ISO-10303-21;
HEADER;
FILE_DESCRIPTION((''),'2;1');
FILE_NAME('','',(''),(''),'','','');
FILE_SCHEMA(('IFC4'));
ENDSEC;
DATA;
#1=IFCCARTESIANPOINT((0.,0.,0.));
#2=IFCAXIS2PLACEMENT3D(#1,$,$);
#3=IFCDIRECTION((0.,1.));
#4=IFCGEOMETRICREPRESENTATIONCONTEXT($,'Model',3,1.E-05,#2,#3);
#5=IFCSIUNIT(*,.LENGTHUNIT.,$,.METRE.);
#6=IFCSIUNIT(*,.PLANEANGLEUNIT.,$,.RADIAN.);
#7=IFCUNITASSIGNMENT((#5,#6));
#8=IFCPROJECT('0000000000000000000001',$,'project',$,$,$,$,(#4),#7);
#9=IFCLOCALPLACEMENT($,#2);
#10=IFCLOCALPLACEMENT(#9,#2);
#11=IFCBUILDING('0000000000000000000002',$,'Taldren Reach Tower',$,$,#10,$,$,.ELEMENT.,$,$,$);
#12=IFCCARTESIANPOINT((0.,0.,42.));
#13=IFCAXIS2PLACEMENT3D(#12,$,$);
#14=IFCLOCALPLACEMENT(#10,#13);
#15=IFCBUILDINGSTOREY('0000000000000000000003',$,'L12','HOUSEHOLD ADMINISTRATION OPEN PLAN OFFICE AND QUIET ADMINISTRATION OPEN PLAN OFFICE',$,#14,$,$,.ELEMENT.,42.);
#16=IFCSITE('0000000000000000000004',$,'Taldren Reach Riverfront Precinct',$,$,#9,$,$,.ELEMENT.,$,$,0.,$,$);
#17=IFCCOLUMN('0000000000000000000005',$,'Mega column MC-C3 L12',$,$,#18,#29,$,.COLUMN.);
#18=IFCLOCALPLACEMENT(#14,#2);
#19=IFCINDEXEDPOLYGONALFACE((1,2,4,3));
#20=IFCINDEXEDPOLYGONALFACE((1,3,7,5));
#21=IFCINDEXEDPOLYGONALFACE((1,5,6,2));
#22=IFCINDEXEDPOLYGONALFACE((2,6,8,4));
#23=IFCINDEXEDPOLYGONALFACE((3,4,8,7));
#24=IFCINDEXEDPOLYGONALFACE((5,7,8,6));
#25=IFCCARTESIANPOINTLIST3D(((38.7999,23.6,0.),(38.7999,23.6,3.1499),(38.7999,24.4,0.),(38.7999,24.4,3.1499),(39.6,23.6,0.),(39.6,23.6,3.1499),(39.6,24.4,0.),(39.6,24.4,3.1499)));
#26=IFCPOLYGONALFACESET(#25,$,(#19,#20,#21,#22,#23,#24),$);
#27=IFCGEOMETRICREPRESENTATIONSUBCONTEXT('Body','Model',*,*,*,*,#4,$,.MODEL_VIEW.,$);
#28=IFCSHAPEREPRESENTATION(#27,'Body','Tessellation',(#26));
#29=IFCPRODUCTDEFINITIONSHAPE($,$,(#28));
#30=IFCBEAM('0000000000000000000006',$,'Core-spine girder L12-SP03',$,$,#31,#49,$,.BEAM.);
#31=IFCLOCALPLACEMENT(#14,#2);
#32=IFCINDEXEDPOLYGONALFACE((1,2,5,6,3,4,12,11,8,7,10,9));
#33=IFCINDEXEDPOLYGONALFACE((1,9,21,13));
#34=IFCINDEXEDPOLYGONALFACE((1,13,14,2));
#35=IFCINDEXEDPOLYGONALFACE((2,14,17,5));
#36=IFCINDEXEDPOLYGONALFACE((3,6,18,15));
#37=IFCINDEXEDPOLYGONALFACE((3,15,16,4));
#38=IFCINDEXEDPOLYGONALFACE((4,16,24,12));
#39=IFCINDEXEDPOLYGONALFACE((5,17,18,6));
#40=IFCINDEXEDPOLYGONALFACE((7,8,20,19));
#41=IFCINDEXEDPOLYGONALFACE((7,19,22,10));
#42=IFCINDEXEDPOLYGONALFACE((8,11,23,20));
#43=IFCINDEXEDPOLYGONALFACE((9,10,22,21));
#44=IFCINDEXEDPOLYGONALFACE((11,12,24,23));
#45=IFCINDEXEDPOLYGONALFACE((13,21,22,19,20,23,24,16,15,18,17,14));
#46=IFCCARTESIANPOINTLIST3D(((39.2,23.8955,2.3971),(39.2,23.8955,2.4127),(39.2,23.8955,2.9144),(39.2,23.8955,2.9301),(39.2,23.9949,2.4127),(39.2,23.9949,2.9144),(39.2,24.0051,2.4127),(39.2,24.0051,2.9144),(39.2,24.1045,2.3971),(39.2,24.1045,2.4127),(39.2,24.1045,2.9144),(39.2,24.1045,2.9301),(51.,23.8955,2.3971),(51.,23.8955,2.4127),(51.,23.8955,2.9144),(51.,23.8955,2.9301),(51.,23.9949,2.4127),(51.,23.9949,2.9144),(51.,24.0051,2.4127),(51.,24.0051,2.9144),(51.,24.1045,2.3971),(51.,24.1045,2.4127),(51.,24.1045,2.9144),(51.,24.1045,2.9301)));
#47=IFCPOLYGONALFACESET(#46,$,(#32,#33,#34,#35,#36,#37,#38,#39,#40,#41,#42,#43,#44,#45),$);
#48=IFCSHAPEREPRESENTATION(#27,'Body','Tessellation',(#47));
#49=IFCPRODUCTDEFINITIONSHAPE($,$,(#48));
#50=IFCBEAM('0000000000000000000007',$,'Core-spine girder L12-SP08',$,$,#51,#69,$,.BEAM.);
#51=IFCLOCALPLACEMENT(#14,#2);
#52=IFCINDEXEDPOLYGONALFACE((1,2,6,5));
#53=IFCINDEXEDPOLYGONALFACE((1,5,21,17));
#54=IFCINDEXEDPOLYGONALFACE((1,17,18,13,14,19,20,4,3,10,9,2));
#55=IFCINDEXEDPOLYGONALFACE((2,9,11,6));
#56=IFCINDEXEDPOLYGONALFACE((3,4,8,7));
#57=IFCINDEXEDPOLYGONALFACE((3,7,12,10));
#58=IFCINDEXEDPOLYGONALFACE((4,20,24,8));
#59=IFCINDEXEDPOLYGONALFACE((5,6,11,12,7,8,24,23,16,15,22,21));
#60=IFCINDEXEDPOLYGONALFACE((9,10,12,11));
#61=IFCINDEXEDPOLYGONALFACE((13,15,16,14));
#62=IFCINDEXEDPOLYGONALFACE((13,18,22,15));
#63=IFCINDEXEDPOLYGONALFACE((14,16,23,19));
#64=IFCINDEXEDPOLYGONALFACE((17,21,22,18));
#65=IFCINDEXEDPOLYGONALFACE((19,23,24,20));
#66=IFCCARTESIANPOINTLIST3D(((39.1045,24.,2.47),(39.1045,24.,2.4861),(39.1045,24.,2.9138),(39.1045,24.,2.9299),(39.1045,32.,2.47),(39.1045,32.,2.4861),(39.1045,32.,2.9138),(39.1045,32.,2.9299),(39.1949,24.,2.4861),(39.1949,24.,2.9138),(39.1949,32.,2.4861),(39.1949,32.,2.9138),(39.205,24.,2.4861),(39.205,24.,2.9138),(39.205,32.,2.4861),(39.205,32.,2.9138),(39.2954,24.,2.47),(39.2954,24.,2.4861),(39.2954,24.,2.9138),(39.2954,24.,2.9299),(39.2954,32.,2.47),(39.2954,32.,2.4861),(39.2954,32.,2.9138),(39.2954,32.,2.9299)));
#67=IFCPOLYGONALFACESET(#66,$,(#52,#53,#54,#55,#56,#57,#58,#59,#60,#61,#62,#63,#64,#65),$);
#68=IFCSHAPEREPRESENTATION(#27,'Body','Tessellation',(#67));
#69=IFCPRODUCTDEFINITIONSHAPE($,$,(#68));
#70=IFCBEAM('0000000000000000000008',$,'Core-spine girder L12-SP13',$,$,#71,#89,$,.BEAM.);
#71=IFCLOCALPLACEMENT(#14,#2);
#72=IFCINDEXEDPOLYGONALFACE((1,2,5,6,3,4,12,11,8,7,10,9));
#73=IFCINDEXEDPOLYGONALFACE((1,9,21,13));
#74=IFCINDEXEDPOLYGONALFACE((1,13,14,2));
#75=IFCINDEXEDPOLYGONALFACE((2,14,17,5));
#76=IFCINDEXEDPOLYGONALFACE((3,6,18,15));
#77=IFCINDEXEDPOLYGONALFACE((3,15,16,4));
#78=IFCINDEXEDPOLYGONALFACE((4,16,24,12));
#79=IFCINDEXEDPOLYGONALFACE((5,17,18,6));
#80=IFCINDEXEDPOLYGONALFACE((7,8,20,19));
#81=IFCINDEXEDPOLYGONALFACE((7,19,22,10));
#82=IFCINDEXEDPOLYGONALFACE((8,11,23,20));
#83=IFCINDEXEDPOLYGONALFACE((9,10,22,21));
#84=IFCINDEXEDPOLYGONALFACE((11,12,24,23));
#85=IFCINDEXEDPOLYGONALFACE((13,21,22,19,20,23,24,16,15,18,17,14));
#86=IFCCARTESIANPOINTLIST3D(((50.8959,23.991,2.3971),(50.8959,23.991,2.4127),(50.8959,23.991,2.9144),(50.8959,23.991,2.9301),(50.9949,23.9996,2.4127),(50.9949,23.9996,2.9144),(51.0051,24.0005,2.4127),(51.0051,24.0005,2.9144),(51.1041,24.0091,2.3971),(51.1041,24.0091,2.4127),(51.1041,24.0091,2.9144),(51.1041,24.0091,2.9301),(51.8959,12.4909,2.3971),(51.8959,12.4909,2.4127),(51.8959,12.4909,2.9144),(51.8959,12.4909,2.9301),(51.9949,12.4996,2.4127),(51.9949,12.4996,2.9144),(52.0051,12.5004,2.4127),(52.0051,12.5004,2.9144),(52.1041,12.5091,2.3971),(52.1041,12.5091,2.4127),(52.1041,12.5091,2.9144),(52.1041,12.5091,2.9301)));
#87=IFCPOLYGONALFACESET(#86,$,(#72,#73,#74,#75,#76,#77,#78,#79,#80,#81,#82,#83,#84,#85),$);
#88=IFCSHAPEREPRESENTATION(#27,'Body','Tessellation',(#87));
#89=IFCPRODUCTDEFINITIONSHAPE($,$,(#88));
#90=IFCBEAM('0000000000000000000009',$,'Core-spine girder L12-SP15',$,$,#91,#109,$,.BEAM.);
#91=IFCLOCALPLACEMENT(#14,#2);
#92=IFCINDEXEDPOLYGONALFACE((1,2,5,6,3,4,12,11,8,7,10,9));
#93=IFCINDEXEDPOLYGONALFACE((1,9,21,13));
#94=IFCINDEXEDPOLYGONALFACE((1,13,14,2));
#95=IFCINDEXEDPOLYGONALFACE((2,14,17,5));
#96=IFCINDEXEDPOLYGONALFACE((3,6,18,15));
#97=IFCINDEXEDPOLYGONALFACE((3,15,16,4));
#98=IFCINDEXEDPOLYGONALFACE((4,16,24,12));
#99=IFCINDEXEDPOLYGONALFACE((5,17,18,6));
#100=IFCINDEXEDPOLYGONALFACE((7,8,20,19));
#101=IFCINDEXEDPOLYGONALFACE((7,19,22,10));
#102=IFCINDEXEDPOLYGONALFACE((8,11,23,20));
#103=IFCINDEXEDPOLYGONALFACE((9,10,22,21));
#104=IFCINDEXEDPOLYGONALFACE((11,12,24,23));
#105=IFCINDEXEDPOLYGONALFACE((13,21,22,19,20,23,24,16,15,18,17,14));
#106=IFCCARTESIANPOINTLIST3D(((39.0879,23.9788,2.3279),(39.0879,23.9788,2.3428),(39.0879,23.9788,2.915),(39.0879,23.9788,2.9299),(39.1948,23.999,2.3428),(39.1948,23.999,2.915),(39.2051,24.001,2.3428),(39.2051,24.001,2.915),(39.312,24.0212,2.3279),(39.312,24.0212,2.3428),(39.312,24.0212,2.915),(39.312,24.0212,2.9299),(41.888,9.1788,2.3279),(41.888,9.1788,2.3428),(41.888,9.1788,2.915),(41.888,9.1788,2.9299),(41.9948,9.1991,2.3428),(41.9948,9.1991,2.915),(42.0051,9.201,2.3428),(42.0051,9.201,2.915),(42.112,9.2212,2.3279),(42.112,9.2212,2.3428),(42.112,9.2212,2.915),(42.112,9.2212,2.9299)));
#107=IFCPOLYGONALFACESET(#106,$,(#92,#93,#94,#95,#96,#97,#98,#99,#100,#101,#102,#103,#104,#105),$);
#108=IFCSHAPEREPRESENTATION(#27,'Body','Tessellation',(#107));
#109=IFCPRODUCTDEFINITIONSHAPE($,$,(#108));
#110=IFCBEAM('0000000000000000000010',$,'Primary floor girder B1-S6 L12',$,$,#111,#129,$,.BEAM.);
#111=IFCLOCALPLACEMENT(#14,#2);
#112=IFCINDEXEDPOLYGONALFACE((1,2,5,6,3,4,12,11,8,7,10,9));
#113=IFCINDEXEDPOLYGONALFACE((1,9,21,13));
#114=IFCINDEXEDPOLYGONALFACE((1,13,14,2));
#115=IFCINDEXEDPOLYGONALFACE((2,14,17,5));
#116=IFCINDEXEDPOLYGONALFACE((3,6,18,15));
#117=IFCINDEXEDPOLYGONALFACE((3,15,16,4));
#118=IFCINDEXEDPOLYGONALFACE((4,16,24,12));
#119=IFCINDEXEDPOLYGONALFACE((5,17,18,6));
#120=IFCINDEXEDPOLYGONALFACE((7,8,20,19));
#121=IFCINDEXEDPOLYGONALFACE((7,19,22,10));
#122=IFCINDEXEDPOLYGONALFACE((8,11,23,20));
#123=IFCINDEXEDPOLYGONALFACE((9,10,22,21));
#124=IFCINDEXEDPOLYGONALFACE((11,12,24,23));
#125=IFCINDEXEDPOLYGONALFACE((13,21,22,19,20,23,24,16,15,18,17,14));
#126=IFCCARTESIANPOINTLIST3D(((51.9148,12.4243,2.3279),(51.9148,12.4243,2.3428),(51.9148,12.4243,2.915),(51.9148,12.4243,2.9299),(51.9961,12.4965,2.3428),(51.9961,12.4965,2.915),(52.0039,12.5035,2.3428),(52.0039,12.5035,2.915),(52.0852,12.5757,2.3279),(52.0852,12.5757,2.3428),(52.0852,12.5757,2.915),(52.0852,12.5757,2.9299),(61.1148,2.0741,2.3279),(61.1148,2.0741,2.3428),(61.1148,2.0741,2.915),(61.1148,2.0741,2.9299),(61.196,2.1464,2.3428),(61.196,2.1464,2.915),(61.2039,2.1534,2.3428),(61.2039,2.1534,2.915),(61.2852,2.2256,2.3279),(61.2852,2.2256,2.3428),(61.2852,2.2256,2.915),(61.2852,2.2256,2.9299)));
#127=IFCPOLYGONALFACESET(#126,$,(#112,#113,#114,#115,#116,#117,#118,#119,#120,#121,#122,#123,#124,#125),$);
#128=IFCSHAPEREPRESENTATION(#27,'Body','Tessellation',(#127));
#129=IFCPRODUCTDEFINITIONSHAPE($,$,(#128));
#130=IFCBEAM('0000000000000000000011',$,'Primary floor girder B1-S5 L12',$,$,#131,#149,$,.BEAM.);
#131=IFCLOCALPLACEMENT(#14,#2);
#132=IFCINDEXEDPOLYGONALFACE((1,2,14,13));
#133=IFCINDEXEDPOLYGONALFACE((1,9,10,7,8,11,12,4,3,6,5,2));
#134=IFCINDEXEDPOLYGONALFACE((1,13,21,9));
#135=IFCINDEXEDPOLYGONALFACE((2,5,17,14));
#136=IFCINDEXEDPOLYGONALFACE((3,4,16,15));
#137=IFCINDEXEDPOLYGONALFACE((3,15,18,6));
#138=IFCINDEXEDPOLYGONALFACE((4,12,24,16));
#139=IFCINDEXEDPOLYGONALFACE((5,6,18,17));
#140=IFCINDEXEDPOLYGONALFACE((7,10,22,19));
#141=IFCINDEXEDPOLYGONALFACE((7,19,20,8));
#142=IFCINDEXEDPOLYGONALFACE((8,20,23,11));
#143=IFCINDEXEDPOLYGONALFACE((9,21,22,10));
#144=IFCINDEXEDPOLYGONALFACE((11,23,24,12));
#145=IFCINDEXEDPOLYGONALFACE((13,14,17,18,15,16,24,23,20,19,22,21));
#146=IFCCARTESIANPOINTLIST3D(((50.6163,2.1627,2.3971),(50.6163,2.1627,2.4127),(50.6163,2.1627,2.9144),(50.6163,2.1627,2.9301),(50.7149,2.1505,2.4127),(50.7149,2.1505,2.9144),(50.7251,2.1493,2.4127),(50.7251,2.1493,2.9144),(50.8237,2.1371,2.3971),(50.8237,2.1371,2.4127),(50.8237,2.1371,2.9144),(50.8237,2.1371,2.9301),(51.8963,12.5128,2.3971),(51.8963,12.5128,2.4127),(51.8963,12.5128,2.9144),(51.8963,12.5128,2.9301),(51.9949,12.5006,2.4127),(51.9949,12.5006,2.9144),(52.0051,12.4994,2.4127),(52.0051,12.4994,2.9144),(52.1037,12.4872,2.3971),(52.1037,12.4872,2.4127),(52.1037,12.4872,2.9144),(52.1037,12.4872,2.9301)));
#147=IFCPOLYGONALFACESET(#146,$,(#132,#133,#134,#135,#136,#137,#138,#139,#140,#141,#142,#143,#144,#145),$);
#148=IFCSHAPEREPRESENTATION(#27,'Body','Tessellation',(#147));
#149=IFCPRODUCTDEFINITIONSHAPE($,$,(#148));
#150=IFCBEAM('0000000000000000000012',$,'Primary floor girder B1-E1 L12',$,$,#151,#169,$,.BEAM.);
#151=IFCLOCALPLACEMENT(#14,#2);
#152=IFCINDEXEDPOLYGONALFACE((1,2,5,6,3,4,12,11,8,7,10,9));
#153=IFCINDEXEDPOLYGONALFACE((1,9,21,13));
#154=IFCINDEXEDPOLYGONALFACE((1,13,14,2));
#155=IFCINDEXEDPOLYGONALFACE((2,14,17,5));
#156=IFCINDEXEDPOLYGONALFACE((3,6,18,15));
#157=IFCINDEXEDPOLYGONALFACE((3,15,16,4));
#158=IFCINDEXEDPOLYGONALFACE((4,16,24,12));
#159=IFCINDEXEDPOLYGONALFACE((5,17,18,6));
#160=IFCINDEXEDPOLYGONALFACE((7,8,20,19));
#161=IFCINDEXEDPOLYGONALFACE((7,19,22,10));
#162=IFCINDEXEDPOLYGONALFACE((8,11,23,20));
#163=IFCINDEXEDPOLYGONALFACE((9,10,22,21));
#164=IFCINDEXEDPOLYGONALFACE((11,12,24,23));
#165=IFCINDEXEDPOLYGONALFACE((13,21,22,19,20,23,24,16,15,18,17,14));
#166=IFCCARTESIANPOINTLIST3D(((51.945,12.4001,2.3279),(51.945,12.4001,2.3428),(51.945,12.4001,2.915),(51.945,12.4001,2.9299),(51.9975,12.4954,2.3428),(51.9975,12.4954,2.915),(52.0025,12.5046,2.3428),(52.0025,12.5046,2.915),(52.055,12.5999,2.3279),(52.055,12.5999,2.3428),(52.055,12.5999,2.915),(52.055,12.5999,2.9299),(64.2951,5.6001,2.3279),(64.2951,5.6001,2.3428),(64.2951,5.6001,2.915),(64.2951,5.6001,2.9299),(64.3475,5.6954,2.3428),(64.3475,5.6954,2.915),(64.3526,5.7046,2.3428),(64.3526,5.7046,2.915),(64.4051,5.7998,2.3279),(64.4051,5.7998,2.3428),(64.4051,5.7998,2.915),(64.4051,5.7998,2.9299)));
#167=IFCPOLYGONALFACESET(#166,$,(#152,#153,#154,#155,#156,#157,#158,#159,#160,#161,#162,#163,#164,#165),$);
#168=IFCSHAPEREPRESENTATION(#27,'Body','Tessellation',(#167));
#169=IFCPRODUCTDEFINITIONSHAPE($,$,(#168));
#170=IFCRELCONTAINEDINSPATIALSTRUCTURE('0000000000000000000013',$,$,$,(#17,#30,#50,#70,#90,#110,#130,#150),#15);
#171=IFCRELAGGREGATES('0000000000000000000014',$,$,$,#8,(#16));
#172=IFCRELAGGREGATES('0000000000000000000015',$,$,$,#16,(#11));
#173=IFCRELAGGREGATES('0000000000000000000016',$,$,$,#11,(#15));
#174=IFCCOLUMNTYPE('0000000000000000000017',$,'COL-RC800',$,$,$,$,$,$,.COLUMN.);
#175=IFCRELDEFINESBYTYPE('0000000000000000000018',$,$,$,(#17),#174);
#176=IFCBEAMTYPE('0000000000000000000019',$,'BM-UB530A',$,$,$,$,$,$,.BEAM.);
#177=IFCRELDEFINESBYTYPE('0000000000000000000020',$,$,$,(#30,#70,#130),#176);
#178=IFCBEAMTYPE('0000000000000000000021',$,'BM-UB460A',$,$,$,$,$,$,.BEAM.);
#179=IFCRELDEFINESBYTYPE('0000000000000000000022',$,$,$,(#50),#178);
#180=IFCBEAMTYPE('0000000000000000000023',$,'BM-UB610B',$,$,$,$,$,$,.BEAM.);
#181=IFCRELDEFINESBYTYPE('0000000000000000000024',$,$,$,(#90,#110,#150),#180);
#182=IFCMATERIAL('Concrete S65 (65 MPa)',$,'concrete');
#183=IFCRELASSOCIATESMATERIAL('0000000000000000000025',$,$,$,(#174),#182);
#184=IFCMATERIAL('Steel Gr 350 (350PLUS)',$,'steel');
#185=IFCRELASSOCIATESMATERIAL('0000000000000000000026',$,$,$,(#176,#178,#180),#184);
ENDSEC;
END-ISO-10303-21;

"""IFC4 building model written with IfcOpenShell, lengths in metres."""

from ifc_helpers import new_model, si_unit, direction, frame, origin, origin_2d, place, context, subcontext, project, spatial, rectangle, i_section, extrude, source, transform, mapped, material, material_profile, profile_set, type_object, element, save


model = new_model("IFC4")

# Units and contexts
model_context = context("Model", 3, precision=1e-05, world=origin(), true_north=direction((0.0, 1.0)))
body_context = subcontext(model_context, "Body", "Model", "MODEL_VIEW")
ifc_project = project(units=[si_unit("LENGTHUNIT", "METRE"), si_unit("PLANEANGLEUNIT", "RADIAN")], contexts=[model_context])

# Site, building, storey
site_placement = place(None, origin())
site = spatial("IfcSite", under=ifc_project, at=site_placement, Name="Taldren Reach Riverfront Precinct", CompositionType="ELEMENT", RefElevation=0.0)
building_placement = place(site_placement, origin())
building = spatial("IfcBuilding", under=site, at=building_placement, Name="Taldren Reach Tower", CompositionType="ELEMENT")
storey_placement = place(building_placement, frame((0.0, 0.0, 42.0)))
storey = spatial("IfcBuildingStorey", under=building, at=storey_placement, Name="L12", Description="HOUSEHOLD ADMINISTRATION OPEN PLAN OFFICE AND QUIET ADMINISTRATION OPEN PLAN OFFICE", CompositionType="ELEMENT", Elevation=42.0)

# Column
ifc_material_1 = material(Name="Concrete S65 (65 MPa)", Category="concrete")
ifc_material_profile_1 = material_profile(ifc_material_1, rectangle(XDim=0.8, YDim=0.8, at=origin_2d()), Name="RC-800x800")
ifc_profile_set_1 = profile_set([ifc_material_profile_1], Name="Concrete S65 (65 MPa)")
column_type = type_object("IfcColumnType", Name="COL-RC800", PredefinedType="COLUMN", material=ifc_profile_set_1)
shared_shape_1 = source(origin(), body_context, "Body", "SweptSolid", [
    extrude(rectangle(XDim=0.8, YDim=0.8, at=origin_2d()), origin(), (0.0, 0.0, 1.0), 3.1499),
])
column_placement = place(storey_placement, frame((39.2, 24.0, 0.0), z_axis=(0.0, 0.0, 1.0), x_axis=(1.0, 0.0, 0.0)))
element("IfcColumn", 1, at=column_placement, inside=storey, type_object=column_type, Name="Mega column MC-C3 L12", PredefinedType="COLUMN", context=body_context, shape_type="MappedRepresentation", body=[
    mapped(shared_shape_1, transform((0.0, 0.0, 0.0), scale=1.0)),
])

# Beams
ifc_material_2 = material(Name="Steel Gr 350 (350PLUS)", Category="steel")
ifc_material_profile_2 = material_profile(ifc_material_2, i_section(OverallWidth=0.209, OverallDepth=0.533, WebThickness=0.0103, FlangeThickness=0.0156, at=origin_2d()), Name="530UB92.4")
ifc_profile_set_2 = profile_set([ifc_material_profile_2], Name="Steel Gr 350 (350PLUS)")
beam_type_1 = type_object("IfcBeamType", Name="BM-UB530A", PredefinedType="BEAM", material=ifc_profile_set_2)
shared_shape_2 = source(origin(), body_context, "Body", "SweptSolid", [
    extrude(i_section(OverallWidth=0.209, OverallDepth=0.533, WebThickness=0.0103, FlangeThickness=0.0156, at=origin_2d()), origin(), (0.0, 0.0, 1.0), 11.8),
])
beam_1_placement = place(storey_placement, frame((39.2, 24.0, 2.6636), z_axis=(1.0, 0.0, 0.0), x_axis=(0.0, 1.0, 0.0)))
element("IfcBeam", 2, at=beam_1_placement, inside=storey, type_object=beam_type_1, Name="Core-spine girder L12-SP03", PredefinedType="BEAM", context=body_context, shape_type="MappedRepresentation", body=[
    mapped(shared_shape_2, transform((0.0, 0.0, 0.0), scale=1.0)),
])
ifc_material_profile_3 = material_profile(ifc_material_2, i_section(OverallWidth=0.1909, OverallDepth=0.46, WebThickness=0.01, FlangeThickness=0.0161, at=origin_2d()), Name="460UB82.1")
ifc_profile_set_3 = profile_set([ifc_material_profile_3], Name="Steel Gr 350 (350PLUS)")
beam_type_2 = type_object("IfcBeamType", Name="BM-UB460A", PredefinedType="BEAM", material=ifc_profile_set_3)
shared_shape_3 = source(origin(), body_context, "Body", "SweptSolid", [
    extrude(i_section(OverallWidth=0.1909, OverallDepth=0.46, WebThickness=0.01, FlangeThickness=0.0161, at=origin_2d()), origin(), (0.0, 0.0, 1.0), 8.0),
])
beam_2_placement = place(storey_placement, frame((39.2, 24.0, 2.7), z_axis=(0.0, 1.0, 0.0), x_axis=(-1.0, 0.0, 0.0)))
element("IfcBeam", 3, at=beam_2_placement, inside=storey, type_object=beam_type_2, Name="Core-spine girder L12-SP08", PredefinedType="BEAM", context=body_context, shape_type="MappedRepresentation", body=[
    mapped(shared_shape_3, transform((0.0, 0.0, 0.0), scale=1.0)),
])
shared_shape_4 = source(origin(), body_context, "Body", "SweptSolid", [
    extrude(i_section(OverallWidth=0.209, OverallDepth=0.533, WebThickness=0.0103, FlangeThickness=0.0156, at=origin_2d()), origin(), (0.0, 0.0, 1.0), 11.5435),
])
beam_3_placement = place(storey_placement, frame((52.0, 12.5, 2.6636), z_axis=(-0.08663, 0.996241, 0.0), x_axis=(-0.996241, -0.08663, 0.0)))
element("IfcBeam", 4, at=beam_3_placement, inside=storey, type_object=beam_type_1, Name="Core-spine girder L12-SP13", PredefinedType="BEAM", context=body_context, shape_type="MappedRepresentation", body=[
    mapped(shared_shape_4, transform((0.0, 0.0, 0.0), scale=1.0)),
])
ifc_material_profile_4 = material_profile(ifc_material_2, i_section(OverallWidth=0.228, OverallDepth=0.6021, WebThickness=0.0105, FlangeThickness=0.0149, at=origin_2d()), Name="610UB101")
ifc_profile_set_4 = profile_set([ifc_material_profile_4], Name="Steel Gr 350 (350PLUS)")
beam_type_3 = type_object("IfcBeamType", Name="BM-UB610B", PredefinedType="BEAM", material=ifc_profile_set_4)
shared_shape_5 = source(origin(), body_context, "Body", "SweptSolid", [
    extrude(i_section(OverallWidth=0.228, OverallDepth=0.6021, WebThickness=0.0105, FlangeThickness=0.0149, at=origin_2d()), origin(), (0.0, 0.0, 1.0), 15.0625),
])
beam_4_placement = place(storey_placement, frame((39.2, 24.0, 2.6289), z_axis=(0.185894, -0.98257, 0.0), x_axis=(0.98257, 0.185894, 0.0)))
element("IfcBeam", 5, at=beam_4_placement, inside=storey, type_object=beam_type_3, Name="Core-spine girder L12-SP15", PredefinedType="BEAM", context=body_context, shape_type="MappedRepresentation", body=[
    mapped(shared_shape_5, transform((0.0, 0.0, 0.0), scale=1.0)),
])
shared_shape_6 = source(origin(), body_context, "Body", "SweptSolid", [
    extrude(i_section(OverallWidth=0.228, OverallDepth=0.6021, WebThickness=0.0105, FlangeThickness=0.0149, at=origin_2d()), origin(), (0.0, 0.0, 1.0), 13.8479),
])
beam_5_placement = place(storey_placement, frame((52.0, 12.5, 2.6289), z_axis=(0.664358, -0.747414, 0.0), x_axis=(0.747414, 0.664358, 0.0)))
element("IfcBeam", 6, at=beam_5_placement, inside=storey, type_object=beam_type_3, Name="Primary floor girder B1-S6 L12", PredefinedType="BEAM", context=body_context, shape_type="MappedRepresentation", body=[
    mapped(shared_shape_6, transform((0.0, 0.0, 0.0), scale=1.0)),
])
shared_shape_7 = source(origin(), body_context, "Body", "SweptSolid", [
    extrude(i_section(OverallWidth=0.209, OverallDepth=0.533, WebThickness=0.0103, FlangeThickness=0.0156, at=origin_2d()), origin(), (0.0, 0.0, 1.0), 10.429),
])
beam_6_placement = place(storey_placement, frame((52.0, 12.5, 2.6636), z_axis=(-0.122738, -0.992439, 0.0), x_axis=(0.992439, -0.122738, 0.0)))
element("IfcBeam", 7, at=beam_6_placement, inside=storey, type_object=beam_type_1, Name="Primary floor girder B1-S5 L12", PredefinedType="BEAM", context=body_context, shape_type="MappedRepresentation", body=[
    mapped(shared_shape_7, transform((0.0, 0.0, 0.0), scale=1.0)),
])
shared_shape_8 = source(origin(), body_context, "Body", "SweptSolid", [
    extrude(i_section(OverallWidth=0.228, OverallDepth=0.6021, WebThickness=0.0105, FlangeThickness=0.0149, at=origin_2d()), origin(), (0.0, 0.0, 1.0), 14.0984),
])
beam_7_placement = place(storey_placement, frame((52.0, 12.5, 2.6289), z_axis=(0.875991, -0.482327, 0.0), x_axis=(0.482327, 0.875991, 0.0)))
element("IfcBeam", 8, at=beam_7_placement, inside=storey, type_object=beam_type_3, Name="Primary floor girder B1-E1 L12", PredefinedType="BEAM", context=body_context, shape_type="MappedRepresentation", body=[
    mapped(shared_shape_8, transform((0.0, 0.0, 0.0), scale=1.0)),
])

save(model, "model.ifc")
